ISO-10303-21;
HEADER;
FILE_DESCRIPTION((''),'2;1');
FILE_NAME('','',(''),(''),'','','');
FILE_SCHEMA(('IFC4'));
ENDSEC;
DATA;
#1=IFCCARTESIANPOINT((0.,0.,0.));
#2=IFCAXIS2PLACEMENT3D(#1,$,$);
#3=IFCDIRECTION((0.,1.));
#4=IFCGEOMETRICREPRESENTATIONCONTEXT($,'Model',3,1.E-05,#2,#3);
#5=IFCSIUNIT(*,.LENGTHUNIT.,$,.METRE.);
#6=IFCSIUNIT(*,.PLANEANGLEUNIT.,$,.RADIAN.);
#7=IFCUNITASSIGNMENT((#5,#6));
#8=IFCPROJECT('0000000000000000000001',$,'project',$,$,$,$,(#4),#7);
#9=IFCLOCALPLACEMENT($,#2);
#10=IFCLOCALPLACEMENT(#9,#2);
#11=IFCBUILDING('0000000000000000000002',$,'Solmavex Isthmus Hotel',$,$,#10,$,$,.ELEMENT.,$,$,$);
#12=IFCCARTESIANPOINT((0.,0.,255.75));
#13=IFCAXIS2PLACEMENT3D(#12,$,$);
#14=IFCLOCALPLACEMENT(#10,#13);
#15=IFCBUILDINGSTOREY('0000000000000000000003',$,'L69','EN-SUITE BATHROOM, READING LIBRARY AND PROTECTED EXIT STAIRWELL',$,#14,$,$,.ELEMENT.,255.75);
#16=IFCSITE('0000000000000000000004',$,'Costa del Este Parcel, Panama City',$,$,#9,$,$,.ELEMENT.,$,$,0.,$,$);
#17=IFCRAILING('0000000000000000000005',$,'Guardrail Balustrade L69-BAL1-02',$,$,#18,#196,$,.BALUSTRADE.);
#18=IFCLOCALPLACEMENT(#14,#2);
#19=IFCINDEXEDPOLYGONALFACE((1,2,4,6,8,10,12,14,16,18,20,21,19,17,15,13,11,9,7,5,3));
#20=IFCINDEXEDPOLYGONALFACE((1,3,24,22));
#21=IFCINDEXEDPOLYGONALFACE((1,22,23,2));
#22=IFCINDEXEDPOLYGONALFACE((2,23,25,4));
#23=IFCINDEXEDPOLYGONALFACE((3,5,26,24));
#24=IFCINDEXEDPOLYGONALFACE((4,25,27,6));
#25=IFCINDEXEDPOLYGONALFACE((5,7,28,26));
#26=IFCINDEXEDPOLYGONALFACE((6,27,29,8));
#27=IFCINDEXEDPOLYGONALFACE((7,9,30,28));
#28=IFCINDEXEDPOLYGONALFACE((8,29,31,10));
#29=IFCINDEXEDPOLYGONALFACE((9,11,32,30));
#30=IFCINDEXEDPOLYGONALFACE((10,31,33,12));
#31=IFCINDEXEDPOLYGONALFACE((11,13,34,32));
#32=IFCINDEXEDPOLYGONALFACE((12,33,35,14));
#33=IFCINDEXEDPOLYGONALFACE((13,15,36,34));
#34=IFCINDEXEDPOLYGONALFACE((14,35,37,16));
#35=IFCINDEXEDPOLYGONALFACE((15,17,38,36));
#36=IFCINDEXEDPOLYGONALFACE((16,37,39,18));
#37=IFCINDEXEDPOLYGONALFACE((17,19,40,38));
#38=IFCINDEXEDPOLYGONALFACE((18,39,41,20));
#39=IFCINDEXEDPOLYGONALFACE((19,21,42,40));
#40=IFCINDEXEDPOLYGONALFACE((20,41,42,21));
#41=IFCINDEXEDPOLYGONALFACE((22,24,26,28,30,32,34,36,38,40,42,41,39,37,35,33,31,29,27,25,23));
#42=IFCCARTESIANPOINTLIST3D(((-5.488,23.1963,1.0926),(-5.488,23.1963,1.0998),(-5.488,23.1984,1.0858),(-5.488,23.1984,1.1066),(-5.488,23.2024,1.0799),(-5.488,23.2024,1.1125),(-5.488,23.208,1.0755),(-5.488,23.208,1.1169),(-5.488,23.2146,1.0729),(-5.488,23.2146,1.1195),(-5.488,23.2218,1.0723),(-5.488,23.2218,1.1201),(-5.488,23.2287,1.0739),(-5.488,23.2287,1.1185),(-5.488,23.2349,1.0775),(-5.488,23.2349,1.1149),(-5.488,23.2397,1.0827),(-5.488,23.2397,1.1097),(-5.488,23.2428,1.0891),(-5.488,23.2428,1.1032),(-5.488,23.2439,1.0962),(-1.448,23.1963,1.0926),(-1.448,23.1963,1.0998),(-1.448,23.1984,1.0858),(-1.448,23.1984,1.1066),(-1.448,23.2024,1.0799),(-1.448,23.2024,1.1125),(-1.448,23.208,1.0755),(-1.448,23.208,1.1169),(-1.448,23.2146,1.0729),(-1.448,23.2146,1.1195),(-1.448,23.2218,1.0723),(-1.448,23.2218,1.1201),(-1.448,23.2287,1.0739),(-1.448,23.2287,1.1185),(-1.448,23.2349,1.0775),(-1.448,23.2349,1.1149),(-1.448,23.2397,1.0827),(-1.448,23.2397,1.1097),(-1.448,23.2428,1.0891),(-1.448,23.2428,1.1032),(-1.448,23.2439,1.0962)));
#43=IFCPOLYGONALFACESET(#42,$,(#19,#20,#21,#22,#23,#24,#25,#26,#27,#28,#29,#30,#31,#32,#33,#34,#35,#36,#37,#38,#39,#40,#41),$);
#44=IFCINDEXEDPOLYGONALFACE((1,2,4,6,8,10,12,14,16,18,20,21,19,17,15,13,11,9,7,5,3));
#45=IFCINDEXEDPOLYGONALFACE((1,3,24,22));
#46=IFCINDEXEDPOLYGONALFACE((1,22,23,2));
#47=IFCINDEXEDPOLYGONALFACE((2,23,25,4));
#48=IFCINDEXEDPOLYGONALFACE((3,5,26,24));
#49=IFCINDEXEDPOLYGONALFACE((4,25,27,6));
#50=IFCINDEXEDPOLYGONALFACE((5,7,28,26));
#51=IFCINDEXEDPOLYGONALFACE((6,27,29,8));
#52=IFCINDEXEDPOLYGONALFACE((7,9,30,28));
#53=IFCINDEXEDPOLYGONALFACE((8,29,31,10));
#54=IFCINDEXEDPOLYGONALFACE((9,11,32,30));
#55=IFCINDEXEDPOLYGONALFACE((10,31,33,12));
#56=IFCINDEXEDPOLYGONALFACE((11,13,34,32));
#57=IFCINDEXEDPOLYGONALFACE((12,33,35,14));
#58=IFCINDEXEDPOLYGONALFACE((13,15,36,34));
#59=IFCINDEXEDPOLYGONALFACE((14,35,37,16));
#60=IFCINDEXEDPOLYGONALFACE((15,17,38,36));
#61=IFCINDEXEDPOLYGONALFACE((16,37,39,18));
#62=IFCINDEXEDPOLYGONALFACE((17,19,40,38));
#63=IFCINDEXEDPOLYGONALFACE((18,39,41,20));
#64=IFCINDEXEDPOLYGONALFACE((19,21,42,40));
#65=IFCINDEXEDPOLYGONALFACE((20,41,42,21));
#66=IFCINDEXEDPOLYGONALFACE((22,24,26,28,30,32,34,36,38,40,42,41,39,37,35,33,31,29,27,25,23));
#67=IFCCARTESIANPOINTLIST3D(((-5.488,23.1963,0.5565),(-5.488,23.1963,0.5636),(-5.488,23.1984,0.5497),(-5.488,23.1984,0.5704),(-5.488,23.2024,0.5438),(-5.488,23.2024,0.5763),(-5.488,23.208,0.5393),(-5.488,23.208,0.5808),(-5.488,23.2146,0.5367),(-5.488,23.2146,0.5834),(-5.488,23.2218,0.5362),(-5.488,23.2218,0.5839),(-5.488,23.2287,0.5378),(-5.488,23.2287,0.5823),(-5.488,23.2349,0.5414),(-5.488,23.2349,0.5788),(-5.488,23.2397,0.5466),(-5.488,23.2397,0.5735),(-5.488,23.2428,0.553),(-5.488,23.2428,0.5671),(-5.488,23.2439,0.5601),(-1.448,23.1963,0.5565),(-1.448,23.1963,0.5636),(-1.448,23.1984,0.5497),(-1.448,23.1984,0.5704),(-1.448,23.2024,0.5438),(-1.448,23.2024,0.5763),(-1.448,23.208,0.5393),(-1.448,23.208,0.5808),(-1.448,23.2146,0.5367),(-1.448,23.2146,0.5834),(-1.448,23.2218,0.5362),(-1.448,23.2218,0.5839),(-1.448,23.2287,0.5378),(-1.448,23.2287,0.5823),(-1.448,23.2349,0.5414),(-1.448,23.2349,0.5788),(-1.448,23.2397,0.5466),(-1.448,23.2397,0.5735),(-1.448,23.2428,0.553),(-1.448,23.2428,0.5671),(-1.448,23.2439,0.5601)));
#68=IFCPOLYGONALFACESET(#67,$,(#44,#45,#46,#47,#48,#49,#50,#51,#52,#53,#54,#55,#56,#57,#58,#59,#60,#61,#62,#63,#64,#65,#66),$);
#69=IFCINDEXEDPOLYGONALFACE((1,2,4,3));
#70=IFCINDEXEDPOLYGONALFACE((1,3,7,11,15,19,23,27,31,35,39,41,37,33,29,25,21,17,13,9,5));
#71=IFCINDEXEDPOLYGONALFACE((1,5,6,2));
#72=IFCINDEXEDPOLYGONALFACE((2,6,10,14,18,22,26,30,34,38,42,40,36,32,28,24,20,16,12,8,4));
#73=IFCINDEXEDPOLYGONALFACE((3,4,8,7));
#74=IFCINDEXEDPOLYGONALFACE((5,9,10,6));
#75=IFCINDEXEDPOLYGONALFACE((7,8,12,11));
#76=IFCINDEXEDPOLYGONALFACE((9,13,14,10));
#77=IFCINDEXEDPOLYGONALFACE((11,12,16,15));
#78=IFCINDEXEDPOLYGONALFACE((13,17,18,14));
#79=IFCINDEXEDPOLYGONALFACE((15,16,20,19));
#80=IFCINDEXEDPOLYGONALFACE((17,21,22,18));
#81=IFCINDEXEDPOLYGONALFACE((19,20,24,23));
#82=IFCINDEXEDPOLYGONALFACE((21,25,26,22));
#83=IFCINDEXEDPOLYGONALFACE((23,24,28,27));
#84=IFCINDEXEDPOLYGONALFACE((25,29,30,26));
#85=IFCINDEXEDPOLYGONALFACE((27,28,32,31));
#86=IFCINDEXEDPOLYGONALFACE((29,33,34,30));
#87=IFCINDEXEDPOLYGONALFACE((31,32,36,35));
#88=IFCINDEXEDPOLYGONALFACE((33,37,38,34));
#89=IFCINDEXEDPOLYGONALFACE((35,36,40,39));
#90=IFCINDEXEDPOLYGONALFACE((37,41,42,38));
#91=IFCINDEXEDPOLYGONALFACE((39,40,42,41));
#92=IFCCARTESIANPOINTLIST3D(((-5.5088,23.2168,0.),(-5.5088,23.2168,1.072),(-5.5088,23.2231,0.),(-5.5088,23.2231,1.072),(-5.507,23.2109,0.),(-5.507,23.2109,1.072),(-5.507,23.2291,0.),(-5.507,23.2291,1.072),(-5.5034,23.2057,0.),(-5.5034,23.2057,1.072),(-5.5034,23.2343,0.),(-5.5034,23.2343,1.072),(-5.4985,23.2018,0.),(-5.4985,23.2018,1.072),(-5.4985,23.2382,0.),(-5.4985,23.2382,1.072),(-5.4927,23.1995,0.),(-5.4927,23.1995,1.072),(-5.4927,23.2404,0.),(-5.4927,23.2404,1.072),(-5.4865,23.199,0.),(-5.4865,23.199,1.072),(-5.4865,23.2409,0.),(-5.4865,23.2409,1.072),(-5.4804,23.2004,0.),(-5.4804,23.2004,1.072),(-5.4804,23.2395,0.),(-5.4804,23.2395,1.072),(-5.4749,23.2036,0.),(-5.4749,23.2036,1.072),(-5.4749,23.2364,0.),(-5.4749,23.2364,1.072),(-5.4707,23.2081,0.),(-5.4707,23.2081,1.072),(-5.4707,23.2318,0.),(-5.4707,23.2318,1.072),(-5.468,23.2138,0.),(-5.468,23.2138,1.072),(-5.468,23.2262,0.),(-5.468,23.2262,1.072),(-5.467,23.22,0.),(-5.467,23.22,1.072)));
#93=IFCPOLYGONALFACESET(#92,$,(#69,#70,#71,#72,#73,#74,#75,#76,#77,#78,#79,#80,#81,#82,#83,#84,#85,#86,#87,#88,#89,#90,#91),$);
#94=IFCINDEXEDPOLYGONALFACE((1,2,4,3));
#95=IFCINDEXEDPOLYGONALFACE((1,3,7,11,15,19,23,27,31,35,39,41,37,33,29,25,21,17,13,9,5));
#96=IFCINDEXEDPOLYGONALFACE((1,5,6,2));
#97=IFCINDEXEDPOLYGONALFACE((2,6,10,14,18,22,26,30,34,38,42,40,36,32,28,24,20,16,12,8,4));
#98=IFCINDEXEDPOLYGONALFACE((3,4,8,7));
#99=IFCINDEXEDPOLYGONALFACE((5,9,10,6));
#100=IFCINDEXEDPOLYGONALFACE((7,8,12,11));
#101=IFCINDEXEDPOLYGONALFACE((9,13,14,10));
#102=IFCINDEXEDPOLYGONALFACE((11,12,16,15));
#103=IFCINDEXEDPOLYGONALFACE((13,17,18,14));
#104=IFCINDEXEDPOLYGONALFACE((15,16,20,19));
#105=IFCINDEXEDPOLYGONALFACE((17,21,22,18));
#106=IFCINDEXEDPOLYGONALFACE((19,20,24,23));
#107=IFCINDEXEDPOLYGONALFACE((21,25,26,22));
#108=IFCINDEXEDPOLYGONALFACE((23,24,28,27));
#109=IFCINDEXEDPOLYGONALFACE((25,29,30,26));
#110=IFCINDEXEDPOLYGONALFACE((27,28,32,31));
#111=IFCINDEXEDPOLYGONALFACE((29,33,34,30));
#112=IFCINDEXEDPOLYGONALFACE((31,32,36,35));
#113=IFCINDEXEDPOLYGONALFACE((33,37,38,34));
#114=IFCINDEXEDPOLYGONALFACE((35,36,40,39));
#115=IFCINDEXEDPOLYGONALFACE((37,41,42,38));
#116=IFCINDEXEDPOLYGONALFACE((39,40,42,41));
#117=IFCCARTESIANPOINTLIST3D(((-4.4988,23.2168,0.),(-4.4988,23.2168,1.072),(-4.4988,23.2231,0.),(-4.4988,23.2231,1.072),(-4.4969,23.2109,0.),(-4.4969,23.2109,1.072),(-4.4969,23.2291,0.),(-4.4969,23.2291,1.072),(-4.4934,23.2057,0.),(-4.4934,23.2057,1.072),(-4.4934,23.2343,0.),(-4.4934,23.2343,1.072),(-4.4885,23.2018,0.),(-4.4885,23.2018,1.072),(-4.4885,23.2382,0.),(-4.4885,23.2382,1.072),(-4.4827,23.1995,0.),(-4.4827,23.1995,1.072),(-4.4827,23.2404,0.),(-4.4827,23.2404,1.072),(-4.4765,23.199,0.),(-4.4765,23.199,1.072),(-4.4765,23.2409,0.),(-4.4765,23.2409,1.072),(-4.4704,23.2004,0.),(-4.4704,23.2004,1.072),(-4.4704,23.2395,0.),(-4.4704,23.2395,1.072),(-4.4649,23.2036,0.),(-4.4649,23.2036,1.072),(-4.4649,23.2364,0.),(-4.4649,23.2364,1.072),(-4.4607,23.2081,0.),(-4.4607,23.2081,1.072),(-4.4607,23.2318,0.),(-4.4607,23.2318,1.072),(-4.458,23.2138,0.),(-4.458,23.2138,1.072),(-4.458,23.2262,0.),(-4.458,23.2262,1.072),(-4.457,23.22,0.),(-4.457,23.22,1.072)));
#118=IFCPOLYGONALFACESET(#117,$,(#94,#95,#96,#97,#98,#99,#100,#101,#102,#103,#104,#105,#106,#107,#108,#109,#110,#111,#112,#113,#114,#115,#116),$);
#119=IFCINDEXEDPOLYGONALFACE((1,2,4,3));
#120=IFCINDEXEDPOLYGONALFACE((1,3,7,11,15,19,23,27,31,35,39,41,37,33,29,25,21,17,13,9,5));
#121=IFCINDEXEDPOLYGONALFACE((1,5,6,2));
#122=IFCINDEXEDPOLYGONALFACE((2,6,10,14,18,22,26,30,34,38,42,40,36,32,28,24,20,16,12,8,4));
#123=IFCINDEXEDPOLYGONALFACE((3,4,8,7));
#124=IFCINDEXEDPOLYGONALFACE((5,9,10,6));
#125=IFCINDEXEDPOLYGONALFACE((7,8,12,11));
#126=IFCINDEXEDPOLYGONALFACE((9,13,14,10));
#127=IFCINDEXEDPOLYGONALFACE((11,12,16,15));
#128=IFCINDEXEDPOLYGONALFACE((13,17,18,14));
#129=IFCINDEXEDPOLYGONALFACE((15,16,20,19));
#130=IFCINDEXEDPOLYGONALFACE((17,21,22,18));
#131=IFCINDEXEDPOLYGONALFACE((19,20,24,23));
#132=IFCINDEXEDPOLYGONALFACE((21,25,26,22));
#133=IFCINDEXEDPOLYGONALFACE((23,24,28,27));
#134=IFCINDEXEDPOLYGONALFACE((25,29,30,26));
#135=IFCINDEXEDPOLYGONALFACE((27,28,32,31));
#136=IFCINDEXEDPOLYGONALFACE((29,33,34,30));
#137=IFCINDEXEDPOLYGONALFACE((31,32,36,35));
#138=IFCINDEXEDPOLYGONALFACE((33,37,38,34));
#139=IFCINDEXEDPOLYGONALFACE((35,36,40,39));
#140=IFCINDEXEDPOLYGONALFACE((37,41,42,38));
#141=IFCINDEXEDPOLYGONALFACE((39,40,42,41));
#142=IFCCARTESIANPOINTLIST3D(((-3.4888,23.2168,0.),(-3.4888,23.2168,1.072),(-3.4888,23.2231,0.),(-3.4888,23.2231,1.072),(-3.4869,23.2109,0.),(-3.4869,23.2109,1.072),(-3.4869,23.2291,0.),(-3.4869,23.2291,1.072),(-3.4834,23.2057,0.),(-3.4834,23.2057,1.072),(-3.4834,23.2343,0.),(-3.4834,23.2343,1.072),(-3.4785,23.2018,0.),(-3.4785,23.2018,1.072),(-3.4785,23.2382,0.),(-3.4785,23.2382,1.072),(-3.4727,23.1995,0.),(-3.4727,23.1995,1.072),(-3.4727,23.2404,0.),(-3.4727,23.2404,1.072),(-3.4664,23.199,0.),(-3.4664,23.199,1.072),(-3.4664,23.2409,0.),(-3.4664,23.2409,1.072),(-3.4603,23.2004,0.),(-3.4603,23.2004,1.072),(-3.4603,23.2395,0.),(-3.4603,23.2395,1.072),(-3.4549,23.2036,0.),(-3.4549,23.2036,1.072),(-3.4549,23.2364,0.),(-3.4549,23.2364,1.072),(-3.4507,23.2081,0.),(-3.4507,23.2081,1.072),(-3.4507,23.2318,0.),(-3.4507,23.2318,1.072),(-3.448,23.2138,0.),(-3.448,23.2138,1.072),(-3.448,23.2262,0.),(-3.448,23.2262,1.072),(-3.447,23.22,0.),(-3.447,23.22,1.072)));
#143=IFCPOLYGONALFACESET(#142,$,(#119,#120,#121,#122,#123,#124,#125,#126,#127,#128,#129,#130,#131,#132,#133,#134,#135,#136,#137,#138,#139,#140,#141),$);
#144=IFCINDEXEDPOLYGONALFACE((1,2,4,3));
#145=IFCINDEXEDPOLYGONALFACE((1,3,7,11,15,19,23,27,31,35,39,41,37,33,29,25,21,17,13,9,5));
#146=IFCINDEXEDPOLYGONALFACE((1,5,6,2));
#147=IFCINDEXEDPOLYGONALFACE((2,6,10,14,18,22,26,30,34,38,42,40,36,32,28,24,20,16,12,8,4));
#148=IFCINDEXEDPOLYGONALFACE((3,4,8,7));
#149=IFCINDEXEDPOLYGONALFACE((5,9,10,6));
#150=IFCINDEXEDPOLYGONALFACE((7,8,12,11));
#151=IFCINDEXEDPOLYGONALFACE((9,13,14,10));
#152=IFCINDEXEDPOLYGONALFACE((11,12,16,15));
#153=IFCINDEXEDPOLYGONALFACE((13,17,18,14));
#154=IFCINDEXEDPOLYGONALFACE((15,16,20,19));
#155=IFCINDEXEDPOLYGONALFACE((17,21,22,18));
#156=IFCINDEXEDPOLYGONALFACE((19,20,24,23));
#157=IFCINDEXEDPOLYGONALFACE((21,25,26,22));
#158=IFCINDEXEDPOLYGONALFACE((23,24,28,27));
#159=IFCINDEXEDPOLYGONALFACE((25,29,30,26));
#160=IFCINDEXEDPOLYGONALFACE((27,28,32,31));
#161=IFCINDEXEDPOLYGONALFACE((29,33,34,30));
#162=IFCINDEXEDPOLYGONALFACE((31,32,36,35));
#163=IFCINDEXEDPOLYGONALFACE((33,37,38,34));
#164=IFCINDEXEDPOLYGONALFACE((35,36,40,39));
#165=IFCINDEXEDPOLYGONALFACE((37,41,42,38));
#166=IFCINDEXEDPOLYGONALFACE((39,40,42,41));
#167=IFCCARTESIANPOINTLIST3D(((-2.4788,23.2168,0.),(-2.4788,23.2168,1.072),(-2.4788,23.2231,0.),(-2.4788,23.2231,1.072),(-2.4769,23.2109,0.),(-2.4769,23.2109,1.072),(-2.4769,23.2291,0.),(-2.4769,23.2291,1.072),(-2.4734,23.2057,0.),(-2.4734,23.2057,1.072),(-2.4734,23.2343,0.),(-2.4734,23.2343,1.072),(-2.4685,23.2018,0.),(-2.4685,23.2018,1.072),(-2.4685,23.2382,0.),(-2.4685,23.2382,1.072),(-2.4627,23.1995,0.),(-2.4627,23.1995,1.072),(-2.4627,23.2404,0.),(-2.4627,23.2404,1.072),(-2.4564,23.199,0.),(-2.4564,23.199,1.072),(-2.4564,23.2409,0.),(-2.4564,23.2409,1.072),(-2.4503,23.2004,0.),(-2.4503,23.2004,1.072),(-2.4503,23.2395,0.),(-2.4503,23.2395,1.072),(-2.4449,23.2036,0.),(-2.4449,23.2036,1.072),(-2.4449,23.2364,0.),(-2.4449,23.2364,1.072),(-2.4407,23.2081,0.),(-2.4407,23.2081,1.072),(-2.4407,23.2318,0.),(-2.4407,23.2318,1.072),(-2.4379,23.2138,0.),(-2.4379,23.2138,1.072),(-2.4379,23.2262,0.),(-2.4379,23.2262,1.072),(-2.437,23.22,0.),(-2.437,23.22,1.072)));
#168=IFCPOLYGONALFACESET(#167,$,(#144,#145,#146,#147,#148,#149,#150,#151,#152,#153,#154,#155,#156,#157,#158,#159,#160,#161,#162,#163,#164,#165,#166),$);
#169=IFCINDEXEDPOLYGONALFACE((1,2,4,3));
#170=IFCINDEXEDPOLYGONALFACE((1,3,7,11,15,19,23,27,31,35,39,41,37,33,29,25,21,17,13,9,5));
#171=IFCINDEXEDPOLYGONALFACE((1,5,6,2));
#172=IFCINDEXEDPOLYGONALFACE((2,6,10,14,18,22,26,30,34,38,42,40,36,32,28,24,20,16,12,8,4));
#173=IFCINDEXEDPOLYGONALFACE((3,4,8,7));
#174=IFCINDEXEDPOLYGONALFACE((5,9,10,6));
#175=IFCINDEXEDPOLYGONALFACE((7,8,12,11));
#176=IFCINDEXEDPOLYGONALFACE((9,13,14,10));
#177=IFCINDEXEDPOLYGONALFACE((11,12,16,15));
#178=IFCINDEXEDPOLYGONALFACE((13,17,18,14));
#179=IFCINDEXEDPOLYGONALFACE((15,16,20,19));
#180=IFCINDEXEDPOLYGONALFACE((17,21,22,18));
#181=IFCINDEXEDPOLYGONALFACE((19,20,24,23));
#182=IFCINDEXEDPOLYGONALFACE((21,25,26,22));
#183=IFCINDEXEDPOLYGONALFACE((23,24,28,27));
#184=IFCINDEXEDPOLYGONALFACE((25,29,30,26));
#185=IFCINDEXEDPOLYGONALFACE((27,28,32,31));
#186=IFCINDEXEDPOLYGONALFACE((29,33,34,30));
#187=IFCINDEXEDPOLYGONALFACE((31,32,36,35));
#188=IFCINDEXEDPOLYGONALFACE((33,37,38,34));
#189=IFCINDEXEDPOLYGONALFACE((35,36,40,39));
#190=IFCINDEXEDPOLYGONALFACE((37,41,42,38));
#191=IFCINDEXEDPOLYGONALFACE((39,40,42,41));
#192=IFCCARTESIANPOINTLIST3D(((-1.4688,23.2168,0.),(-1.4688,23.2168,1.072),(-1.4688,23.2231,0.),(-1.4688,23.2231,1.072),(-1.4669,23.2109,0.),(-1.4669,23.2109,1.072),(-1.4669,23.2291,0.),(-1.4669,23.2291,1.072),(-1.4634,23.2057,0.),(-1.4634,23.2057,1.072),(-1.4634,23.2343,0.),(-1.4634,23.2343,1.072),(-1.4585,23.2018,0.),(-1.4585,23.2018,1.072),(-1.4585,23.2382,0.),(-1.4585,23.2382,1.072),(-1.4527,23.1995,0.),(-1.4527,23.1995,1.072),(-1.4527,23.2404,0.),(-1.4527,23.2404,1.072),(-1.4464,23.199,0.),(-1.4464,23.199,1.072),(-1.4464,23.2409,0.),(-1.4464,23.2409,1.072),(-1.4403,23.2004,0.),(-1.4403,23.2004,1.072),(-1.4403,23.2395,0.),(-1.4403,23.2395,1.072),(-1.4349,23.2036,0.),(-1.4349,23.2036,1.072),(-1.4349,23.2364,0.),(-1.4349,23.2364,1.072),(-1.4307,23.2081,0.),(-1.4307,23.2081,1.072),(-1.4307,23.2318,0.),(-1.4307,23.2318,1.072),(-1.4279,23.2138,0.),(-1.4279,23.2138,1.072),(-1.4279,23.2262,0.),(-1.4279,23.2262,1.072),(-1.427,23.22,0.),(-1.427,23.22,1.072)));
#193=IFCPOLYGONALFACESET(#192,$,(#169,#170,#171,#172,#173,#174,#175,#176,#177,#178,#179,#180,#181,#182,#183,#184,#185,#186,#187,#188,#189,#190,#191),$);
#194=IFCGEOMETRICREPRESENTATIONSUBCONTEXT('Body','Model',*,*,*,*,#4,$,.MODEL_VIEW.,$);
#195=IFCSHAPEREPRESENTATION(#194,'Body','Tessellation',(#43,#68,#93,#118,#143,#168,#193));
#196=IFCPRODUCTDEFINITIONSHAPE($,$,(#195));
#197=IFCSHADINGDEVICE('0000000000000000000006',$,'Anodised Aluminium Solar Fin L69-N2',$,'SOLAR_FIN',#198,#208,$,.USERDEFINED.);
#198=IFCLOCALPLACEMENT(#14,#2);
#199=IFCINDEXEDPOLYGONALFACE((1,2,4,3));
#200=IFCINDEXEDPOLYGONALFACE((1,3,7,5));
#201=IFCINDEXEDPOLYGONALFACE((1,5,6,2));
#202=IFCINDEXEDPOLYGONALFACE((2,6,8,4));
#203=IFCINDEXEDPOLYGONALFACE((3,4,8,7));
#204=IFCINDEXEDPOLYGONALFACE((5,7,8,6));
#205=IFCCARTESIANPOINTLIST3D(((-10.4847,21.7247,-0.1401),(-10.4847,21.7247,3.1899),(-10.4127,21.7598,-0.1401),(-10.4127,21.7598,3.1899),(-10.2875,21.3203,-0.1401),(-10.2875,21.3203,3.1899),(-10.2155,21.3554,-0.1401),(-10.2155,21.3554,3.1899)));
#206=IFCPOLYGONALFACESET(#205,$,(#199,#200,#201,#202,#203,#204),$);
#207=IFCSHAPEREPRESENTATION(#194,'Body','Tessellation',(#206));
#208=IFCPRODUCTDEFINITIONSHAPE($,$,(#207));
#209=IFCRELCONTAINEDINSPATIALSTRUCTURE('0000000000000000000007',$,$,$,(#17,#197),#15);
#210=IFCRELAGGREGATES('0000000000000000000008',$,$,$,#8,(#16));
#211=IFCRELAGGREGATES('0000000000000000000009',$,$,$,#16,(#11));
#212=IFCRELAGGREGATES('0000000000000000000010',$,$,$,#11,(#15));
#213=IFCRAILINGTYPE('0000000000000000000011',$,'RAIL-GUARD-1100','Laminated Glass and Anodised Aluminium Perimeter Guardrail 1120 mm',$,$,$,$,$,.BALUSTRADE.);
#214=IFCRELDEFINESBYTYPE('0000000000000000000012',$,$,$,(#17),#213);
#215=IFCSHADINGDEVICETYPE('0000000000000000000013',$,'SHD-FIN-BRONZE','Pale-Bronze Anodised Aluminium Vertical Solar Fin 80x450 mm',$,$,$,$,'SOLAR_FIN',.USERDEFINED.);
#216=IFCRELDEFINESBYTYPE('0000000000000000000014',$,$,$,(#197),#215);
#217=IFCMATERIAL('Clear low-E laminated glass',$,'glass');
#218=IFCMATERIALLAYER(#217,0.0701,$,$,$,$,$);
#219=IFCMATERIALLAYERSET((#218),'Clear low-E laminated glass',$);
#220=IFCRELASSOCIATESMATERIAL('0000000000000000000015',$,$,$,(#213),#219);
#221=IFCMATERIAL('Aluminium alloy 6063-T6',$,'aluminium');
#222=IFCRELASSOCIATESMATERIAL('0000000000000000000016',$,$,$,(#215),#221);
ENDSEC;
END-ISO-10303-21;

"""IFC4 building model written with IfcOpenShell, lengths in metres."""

from ifc_helpers import new_model, si_unit, direction, frame, origin, origin_2d, place, context, subcontext, project, spatial, rectangle, circle, extrude, material, layer, layer_set, type_object, element, save


model = new_model("IFC4")

# Units and contexts
model_context = context("Model", 3, precision=1e-05, world=origin(), true_north=direction((0.0, 1.0)))
body_context = subcontext(model_context, "Body", "Model", "MODEL_VIEW")
ifc_project = project(units=[si_unit("LENGTHUNIT", "METRE"), si_unit("PLANEANGLEUNIT", "RADIAN")], contexts=[model_context])

# Site, building, storey
site_placement = place(None, origin())
site = spatial("IfcSite", under=ifc_project, at=site_placement, Name="Costa del Este Parcel, Panama City", CompositionType="ELEMENT", RefElevation=0.0)
building_placement = place(site_placement, origin())
building = spatial("IfcBuilding", under=site, at=building_placement, Name="Solmavex Isthmus Hotel", CompositionType="ELEMENT")
storey_placement = place(building_placement, frame((0.0, 0.0, 255.75)))
storey = spatial("IfcBuildingStorey", under=building, at=storey_placement, Name="L69", Description="EN-SUITE BATHROOM, READING LIBRARY AND PROTECTED EXIT STAIRWELL", CompositionType="ELEMENT", Elevation=255.75)

# Shared definitions
ifc_material_1 = material(Name="Aluminium alloy 6063-T6", Category="aluminium")
ifc_material_2 = material(Name="Clear low-E laminated glass", Category="glass")

# Railing
ifc_layer_1 = layer(ifc_material_2, 0.0701)
ifc_layer_set_1 = layer_set([ifc_layer_1], Name="Clear low-E laminated glass")
railing_type = type_object("IfcRailingType", Name="RAIL-GUARD-1100", Description="Laminated Glass and Anodised Aluminium Perimeter Guardrail 1120 mm", PredefinedType="BALUSTRADE", material=ifc_layer_set_1)
railing_1_placement = place(storey_placement, frame((-5.488, 23.22, 0.0)))
element("IfcRailing", 1, at=railing_1_placement, inside=storey, type_object=railing_type, Name="Guardrail Balustrade L69-BAL1-02", PredefinedType="BALUSTRADE", context=body_context, shape_type="SweptSolid", body=[
    extrude(circle(Radius=0.0239, at=origin_2d()), frame((0.0, 0.0, 1.0962), z_axis=(1.0, 0.0, 0.0), x_axis=(0.0, 1.0, 0.0)), (0.0, 0.0, 1.0), 4.04),
    extrude(circle(Radius=0.0239, at=origin_2d()), frame((0.0, 0.0, 0.5601), z_axis=(1.0, 0.0, 0.0), x_axis=(0.0, 1.0, 0.0)), (0.0, 0.0, 1.0), 4.04),
    extrude(circle(Radius=0.021, at=origin_2d()), origin(), (0.0, 0.0, 1.0), 1.072),
    extrude(circle(Radius=0.021, at=origin_2d()), frame((1.01, 0.0, 0.0)), (0.0, 0.0, 1.0), 1.072),
    extrude(circle(Radius=0.021, at=origin_2d()), frame((2.02, 0.0, 0.0)), (0.0, 0.0, 1.0), 1.072),
    extrude(circle(Radius=0.021, at=origin_2d()), frame((3.03, 0.0, 0.0)), (0.0, 0.0, 1.0), 1.072),
    extrude(circle(Radius=0.021, at=origin_2d()), frame((4.04, 0.0, 0.0)), (0.0, 0.0, 1.0), 1.072),
])

# Shading device
shading_device_type = type_object("IfcShadingDeviceType", Name="SHD-FIN-BRONZE", Description="Pale-Bronze Anodised Aluminium Vertical Solar Fin 80x450 mm", ElementType="SOLAR_FIN", PredefinedType="USERDEFINED", material=ifc_material_1)
shading_device_placement = place(storey_placement, frame((-10.3501, 21.54, -0.1401), z_axis=(0.0, 0.0, 1.0), x_axis=(-0.438371, 0.898794, 0.0)))
element("IfcShadingDevice", 2, at=shading_device_placement, inside=storey, type_object=shading_device_type, Name="Anodised Aluminium Solar Fin L69-N2", ObjectType="SOLAR_FIN", PredefinedType="USERDEFINED", context=body_context, shape_type="SweptSolid", body=[
    extrude(rectangle(XDim=0.45, YDim=0.0801, at=origin_2d()), origin(), (0.0, 0.0, 1.0), 3.3301),
])

save(model, "model.ifc")
